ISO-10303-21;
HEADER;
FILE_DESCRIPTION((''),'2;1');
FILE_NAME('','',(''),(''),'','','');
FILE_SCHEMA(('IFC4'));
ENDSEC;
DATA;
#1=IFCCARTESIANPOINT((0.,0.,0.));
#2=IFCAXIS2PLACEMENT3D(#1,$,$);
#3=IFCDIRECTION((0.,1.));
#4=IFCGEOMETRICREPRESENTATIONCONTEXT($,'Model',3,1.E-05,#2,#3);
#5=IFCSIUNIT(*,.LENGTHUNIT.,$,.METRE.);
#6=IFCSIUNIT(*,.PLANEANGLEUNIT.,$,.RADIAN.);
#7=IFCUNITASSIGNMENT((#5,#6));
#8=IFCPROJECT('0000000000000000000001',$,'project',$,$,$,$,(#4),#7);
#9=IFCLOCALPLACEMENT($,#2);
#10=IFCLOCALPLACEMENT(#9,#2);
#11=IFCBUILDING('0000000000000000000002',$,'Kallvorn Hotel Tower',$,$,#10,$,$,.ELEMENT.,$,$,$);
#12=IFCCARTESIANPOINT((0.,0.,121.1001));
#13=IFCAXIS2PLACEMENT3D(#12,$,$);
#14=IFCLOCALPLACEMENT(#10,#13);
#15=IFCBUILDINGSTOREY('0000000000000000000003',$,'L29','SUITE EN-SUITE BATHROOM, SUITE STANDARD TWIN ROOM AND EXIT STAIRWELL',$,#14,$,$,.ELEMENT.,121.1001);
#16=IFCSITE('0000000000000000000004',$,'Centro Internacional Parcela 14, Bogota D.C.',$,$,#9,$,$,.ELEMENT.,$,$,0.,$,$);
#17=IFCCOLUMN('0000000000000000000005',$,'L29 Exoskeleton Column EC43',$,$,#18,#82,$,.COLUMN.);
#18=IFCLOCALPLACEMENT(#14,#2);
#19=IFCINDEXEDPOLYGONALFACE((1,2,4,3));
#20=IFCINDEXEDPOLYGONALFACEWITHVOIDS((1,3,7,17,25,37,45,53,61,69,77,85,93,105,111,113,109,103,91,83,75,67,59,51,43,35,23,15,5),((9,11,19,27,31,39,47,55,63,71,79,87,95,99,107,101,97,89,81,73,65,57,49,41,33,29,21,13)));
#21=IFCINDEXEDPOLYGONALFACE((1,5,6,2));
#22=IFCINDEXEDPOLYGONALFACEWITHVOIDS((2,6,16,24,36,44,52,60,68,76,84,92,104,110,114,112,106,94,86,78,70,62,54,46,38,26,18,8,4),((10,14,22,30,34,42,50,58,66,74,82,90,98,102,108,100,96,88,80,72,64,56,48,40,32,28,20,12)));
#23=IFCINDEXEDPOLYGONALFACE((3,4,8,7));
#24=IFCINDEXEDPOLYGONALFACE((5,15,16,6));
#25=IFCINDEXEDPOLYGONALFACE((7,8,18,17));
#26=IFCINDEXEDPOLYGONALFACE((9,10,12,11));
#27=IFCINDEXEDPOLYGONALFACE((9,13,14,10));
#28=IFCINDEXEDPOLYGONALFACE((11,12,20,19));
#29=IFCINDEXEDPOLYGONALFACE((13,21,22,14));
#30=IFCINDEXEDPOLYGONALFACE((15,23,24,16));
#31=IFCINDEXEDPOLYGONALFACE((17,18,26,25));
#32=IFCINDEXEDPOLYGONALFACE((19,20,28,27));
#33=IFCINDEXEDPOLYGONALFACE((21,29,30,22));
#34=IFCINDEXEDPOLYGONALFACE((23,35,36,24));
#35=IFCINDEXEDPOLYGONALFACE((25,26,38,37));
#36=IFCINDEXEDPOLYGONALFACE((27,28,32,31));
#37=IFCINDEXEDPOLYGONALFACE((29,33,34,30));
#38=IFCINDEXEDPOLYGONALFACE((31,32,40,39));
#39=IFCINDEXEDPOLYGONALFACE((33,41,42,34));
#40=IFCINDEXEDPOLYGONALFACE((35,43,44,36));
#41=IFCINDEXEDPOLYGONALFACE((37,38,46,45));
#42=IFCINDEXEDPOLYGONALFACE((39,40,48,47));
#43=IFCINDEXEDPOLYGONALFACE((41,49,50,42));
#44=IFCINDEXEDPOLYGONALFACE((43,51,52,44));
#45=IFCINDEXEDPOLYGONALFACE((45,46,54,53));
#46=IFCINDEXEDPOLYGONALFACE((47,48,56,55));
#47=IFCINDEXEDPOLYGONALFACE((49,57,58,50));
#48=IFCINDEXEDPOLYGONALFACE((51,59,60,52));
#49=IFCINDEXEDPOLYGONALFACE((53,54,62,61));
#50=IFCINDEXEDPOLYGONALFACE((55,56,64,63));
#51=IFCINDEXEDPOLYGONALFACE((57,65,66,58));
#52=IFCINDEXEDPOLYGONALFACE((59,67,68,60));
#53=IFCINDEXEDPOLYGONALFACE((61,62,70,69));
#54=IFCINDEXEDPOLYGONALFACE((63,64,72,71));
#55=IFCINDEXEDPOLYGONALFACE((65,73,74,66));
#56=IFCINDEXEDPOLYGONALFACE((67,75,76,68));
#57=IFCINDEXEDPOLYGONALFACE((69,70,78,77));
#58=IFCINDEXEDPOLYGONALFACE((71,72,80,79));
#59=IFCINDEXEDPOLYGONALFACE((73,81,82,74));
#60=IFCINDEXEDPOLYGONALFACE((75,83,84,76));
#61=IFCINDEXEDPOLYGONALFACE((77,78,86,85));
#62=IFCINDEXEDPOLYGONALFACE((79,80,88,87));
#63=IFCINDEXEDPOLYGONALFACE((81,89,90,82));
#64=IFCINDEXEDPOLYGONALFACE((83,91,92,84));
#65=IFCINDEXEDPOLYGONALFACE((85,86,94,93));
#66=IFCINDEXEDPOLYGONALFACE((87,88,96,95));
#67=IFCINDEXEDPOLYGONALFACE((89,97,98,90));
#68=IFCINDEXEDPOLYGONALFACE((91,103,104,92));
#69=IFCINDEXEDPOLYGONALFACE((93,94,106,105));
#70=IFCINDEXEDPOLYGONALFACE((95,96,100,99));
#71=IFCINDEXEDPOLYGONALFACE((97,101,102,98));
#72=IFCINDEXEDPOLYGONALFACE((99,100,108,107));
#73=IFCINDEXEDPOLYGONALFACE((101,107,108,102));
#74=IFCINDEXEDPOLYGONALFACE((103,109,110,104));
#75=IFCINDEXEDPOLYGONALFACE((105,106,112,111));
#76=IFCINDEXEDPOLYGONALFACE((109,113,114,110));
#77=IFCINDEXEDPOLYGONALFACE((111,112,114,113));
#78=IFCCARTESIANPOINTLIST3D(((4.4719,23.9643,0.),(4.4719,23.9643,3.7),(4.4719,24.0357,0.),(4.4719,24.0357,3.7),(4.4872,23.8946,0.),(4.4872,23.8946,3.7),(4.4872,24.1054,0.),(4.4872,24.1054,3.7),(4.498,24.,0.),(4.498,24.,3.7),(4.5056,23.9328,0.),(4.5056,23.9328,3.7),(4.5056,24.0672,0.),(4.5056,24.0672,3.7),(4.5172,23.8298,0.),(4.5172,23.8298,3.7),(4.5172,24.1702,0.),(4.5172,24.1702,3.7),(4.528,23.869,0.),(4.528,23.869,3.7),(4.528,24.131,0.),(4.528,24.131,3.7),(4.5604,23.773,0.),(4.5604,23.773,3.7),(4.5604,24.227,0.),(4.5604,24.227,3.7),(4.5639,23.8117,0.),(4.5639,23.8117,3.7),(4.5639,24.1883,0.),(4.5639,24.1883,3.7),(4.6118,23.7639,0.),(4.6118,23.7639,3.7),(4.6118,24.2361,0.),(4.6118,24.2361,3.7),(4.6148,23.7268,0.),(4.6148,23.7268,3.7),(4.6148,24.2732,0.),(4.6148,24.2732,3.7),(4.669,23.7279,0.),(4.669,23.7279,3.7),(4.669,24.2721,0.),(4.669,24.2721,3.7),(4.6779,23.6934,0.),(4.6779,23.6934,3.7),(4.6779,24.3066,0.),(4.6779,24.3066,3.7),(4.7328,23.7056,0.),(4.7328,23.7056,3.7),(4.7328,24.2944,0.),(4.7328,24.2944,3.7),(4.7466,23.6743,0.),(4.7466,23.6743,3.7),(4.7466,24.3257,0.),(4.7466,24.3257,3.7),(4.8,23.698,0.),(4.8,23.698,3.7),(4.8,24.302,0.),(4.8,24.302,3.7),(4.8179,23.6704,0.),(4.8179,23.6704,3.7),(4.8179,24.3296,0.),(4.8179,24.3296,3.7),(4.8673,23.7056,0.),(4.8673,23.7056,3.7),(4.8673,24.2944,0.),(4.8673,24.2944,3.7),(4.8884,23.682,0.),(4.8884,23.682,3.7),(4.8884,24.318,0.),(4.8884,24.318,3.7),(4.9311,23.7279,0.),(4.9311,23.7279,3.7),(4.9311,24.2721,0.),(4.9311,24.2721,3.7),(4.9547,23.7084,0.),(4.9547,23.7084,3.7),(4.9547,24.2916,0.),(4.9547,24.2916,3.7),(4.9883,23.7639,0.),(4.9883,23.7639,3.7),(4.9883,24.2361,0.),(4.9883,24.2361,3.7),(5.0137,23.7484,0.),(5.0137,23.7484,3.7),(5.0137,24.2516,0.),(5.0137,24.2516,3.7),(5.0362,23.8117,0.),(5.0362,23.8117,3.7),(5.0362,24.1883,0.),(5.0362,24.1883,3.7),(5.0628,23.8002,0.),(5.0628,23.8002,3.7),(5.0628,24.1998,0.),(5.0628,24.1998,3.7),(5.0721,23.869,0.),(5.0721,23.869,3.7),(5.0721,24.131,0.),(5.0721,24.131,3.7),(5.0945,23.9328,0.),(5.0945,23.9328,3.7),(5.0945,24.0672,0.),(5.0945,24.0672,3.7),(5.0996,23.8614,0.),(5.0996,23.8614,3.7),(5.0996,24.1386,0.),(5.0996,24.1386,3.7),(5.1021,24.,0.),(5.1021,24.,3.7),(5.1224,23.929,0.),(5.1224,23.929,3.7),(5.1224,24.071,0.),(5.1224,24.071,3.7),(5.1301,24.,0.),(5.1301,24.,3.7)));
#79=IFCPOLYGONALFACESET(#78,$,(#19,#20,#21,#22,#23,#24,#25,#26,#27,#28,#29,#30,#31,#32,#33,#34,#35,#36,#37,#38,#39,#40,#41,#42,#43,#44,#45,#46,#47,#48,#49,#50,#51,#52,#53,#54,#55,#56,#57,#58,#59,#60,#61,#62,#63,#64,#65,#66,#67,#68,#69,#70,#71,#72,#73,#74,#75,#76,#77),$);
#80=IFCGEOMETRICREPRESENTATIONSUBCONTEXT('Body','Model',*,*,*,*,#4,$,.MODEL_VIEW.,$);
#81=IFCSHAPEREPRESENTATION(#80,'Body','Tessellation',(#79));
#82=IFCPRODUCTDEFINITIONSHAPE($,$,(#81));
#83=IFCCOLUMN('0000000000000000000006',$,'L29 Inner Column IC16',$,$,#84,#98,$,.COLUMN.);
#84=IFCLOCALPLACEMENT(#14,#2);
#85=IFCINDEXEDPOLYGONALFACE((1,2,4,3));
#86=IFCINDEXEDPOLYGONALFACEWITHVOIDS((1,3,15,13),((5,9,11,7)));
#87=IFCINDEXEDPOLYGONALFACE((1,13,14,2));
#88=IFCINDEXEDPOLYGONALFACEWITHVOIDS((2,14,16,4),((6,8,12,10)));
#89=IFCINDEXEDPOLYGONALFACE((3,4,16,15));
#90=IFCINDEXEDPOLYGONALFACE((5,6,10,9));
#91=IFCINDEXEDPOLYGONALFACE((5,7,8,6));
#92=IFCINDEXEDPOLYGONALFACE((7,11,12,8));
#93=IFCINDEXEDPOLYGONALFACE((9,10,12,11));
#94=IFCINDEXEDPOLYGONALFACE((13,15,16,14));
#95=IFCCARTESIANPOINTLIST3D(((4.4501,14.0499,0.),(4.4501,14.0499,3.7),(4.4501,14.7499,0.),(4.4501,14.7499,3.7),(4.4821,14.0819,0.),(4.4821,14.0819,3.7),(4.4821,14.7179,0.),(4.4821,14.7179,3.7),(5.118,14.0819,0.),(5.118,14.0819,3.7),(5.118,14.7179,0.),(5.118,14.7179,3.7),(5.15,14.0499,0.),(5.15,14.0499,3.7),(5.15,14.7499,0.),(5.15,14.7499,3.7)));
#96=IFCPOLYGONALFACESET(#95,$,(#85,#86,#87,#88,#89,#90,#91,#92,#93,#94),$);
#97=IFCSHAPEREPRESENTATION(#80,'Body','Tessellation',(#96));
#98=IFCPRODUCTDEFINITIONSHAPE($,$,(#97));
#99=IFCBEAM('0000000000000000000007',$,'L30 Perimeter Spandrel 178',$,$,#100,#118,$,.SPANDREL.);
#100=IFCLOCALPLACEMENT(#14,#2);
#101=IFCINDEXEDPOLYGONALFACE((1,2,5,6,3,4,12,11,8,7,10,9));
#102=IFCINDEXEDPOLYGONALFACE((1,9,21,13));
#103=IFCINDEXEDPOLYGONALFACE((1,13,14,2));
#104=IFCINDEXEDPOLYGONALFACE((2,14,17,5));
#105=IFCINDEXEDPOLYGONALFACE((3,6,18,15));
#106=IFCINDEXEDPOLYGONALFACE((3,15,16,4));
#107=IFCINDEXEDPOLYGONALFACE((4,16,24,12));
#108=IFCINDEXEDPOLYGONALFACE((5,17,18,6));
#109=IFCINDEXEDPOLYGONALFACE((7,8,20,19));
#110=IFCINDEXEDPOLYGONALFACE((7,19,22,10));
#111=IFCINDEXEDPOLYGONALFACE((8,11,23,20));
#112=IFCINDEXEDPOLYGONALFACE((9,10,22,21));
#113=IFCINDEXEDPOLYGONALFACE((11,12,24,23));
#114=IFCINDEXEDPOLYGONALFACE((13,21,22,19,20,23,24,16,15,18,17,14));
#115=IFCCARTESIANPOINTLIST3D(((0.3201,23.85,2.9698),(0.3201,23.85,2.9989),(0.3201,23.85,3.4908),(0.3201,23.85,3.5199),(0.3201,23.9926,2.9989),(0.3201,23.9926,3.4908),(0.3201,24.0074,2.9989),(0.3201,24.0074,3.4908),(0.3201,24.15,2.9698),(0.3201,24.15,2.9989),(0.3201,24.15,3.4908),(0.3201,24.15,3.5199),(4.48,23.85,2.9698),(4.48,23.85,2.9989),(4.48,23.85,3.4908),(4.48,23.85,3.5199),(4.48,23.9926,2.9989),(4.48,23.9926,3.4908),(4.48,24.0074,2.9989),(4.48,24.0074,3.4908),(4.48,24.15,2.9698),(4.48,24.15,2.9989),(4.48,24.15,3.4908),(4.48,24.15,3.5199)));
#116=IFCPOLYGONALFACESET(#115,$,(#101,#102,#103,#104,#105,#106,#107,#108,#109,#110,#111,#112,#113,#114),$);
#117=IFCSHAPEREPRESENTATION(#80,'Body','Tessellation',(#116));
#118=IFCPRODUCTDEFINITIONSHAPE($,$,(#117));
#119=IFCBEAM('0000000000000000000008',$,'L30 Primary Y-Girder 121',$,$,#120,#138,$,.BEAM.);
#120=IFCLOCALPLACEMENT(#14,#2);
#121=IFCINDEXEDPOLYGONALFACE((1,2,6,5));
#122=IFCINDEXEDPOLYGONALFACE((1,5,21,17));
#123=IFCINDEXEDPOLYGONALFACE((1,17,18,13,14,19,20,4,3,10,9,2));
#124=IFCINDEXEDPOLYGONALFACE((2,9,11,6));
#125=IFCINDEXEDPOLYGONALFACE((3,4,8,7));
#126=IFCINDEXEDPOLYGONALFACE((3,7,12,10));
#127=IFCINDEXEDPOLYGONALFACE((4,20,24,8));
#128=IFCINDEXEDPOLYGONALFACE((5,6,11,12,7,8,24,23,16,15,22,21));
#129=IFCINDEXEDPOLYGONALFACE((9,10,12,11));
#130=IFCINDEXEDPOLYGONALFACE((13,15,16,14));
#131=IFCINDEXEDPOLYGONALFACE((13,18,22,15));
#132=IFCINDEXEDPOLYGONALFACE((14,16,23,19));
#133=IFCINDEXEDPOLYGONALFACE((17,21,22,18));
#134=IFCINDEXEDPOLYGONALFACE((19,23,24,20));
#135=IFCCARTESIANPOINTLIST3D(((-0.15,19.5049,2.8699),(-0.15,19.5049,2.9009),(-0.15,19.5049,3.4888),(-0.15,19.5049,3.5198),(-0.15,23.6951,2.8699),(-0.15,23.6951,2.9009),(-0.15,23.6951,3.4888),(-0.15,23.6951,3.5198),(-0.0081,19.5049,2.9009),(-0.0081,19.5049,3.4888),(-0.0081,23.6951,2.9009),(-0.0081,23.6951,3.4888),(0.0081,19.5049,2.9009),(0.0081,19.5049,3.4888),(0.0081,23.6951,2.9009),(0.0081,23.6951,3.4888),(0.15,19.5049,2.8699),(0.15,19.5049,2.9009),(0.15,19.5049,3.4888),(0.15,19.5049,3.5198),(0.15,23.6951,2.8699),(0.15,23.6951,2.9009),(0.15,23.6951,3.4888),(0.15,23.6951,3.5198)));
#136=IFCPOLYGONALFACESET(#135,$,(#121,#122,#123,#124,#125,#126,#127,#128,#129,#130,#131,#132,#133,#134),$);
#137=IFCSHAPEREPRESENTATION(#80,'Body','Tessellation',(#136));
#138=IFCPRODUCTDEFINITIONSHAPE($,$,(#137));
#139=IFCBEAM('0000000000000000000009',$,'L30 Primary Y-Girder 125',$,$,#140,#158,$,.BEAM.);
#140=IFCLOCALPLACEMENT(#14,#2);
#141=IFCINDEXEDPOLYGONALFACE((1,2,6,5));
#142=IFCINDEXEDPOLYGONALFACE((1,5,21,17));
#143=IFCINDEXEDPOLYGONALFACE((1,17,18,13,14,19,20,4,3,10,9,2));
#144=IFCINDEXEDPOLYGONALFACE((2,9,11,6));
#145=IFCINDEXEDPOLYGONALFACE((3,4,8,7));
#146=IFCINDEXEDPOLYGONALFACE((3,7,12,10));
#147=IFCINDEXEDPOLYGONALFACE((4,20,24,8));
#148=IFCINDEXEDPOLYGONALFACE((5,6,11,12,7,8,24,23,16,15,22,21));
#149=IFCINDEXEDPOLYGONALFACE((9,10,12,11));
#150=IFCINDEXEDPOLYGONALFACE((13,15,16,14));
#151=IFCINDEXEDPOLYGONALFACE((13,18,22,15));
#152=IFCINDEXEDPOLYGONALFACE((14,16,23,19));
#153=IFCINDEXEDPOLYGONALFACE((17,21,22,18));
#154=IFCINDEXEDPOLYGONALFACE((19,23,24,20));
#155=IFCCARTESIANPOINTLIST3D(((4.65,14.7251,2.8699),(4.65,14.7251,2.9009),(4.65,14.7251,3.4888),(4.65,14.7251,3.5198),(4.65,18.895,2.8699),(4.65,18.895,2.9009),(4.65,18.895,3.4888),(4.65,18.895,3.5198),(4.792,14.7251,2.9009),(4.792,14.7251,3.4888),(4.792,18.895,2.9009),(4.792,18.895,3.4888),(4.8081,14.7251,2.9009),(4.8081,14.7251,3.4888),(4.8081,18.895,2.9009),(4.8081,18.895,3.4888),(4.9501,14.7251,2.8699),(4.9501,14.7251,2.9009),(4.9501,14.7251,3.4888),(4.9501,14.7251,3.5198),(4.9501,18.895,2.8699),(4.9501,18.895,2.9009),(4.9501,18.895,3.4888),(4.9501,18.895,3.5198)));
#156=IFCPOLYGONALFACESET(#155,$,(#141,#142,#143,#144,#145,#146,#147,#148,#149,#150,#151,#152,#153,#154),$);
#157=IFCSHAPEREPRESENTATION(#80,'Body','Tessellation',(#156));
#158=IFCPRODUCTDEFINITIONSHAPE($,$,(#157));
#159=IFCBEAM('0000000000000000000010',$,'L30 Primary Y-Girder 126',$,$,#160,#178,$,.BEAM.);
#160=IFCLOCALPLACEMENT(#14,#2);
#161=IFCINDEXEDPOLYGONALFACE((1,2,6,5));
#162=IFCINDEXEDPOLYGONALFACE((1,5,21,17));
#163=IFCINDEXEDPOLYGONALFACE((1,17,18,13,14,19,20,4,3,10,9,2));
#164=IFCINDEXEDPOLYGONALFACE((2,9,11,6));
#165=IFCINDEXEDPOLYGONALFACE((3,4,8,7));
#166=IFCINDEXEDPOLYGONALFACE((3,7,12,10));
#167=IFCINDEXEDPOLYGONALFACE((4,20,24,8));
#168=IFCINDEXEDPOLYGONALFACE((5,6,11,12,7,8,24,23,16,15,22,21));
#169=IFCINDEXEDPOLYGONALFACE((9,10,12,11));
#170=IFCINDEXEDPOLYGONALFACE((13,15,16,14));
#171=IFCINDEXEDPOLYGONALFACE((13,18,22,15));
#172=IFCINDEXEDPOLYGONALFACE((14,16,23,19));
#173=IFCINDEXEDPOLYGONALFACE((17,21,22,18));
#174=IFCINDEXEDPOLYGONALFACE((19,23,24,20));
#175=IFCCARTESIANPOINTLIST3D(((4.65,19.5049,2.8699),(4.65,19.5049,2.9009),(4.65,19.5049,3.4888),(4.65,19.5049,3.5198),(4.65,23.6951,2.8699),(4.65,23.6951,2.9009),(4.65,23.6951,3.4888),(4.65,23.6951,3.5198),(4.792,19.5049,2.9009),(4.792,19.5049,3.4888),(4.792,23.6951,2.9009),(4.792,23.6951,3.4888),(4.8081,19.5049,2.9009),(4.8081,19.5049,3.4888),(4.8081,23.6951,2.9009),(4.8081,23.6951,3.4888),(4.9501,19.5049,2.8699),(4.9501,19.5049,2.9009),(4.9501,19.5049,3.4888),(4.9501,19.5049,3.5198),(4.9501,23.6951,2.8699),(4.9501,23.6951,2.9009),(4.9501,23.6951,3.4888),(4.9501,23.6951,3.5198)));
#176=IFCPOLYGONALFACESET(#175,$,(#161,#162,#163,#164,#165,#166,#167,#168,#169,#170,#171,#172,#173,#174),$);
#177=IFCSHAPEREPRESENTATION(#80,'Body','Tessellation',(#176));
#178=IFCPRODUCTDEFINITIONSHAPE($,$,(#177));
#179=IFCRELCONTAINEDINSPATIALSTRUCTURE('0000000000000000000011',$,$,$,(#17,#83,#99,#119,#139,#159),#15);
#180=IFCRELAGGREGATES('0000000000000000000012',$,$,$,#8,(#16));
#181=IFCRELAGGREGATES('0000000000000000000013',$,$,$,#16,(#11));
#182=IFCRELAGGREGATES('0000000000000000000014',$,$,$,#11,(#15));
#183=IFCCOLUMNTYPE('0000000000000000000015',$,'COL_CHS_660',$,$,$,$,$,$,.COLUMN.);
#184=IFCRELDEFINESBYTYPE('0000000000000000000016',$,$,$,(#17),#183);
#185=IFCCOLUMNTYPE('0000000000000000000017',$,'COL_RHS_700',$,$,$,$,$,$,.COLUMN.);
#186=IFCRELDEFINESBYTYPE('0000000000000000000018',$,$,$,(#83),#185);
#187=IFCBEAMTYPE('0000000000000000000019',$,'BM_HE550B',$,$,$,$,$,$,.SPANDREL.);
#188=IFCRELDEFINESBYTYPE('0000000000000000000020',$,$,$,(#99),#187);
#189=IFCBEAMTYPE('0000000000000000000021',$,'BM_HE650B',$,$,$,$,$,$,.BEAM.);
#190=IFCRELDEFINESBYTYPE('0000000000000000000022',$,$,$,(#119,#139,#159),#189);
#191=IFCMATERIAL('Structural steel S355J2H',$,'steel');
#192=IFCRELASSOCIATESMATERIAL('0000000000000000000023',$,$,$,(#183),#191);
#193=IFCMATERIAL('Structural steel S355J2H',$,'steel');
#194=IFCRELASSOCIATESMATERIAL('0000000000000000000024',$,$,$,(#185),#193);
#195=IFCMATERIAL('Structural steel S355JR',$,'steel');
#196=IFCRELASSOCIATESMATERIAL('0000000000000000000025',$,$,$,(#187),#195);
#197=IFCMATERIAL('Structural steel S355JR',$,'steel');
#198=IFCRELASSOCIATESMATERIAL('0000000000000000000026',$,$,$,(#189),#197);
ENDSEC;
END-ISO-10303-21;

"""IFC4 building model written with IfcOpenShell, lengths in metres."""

from ifc_helpers import new_model, si_unit, direction, frame, origin, origin_2d, place, context, subcontext, project, spatial, hollow_rectangle, hollow_circle, i_section, extrude, material, material_profile, profile_set, type_object, element, save


model = new_model("IFC4")

# Units and contexts
model_context = context("Model", 3, precision=1e-05, world=origin(), true_north=direction((0.0, 1.0)))
body_context = subcontext(model_context, "Body", "Model", "MODEL_VIEW")
ifc_project = project(units=[si_unit("LENGTHUNIT", "METRE"), si_unit("PLANEANGLEUNIT", "RADIAN")], contexts=[model_context])

# Site, building, storey
site_placement = place(None, origin())
site = spatial("IfcSite", under=ifc_project, at=site_placement, Name="Centro Internacional Parcela 14, Bogota D.C.", CompositionType="ELEMENT", RefElevation=0.0)
building_placement = place(site_placement, origin())
building = spatial("IfcBuilding", under=site, at=building_placement, Name="Kallvorn Hotel Tower", CompositionType="ELEMENT")
storey_placement = place(building_placement, frame((0.0, 0.0, 121.1001)))
storey = spatial("IfcBuildingStorey", under=building, at=storey_placement, Name="L29", Description="SUITE EN-SUITE BATHROOM, SUITE STANDARD TWIN ROOM AND EXIT STAIRWELL", CompositionType="ELEMENT", Elevation=121.1001)

# Columns
ifc_material_1 = material(Name="Structural steel S355J2H", Category="steel")
ifc_material_profile_1 = material_profile(ifc_material_1, hollow_circle(Radius=0.3301, WallThickness=0.0281, at=origin_2d()), Name="CHS 660x28")
ifc_profile_set_1 = profile_set([ifc_material_profile_1], Name="Structural steel S355J2H")
column_type_1 = type_object("IfcColumnType", Name="COL_CHS_660", PredefinedType="COLUMN", material=ifc_profile_set_1)
for number, where, z_axis, x_axis, name in (
    (1, (4.8, 24.0, 0.0), (0.0, 0.0, 1.0), (1.0, 0.0, 0.0), "L29 Exoskeleton Column EC43"),
):
    element("IfcColumn", number, at=place(storey_placement, frame(where, z_axis=z_axis, x_axis=x_axis)), inside=storey, type_object=column_type_1, Name=name, PredefinedType="COLUMN", context=body_context, shape_type="SweptSolid", body=[
        extrude(hollow_circle(Radius=0.3301, WallThickness=0.0281, at=origin_2d()), origin(), (0.0, 0.0, 1.0), 3.7),
    ])
ifc_material_2 = material(Name="Structural steel S355J2H", Category="steel")
ifc_material_profile_2 = material_profile(ifc_material_2, hollow_rectangle(XDim=0.7, YDim=0.7, WallThickness=0.032, at=origin_2d()), Name="RHS 700x700x32")
ifc_profile_set_2 = profile_set([ifc_material_profile_2], Name="Structural steel S355J2H")
column_type_2 = type_object("IfcColumnType", Name="COL_RHS_700", PredefinedType="COLUMN", material=ifc_profile_set_2)
column_placement = place(storey_placement, frame((4.8, 14.3999, 0.0), z_axis=(0.0, 0.0, 1.0), x_axis=(1.0, 0.0, 0.0)))
element("IfcColumn", 2, at=column_placement, inside=storey, type_object=column_type_2, Name="L29 Inner Column IC16", PredefinedType="COLUMN", context=body_context, shape_type="SweptSolid", body=[
    extrude(hollow_rectangle(XDim=0.7, YDim=0.7, WallThickness=0.032, at=origin_2d()), origin(), (0.0, 0.0, 1.0), 3.7),
])

# Beams
ifc_material_3 = material(Name="Structural steel S355JR", Category="steel")
ifc_material_profile_3 = material_profile(ifc_material_3, i_section(OverallWidth=0.3, OverallDepth=0.55, WebThickness=0.0149, FlangeThickness=0.0291, at=origin_2d()), Name="HE 550 B")
ifc_profile_set_3 = profile_set([ifc_material_profile_3], Name="Structural steel S355JR")
beam_type_1 = type_object("IfcBeamType", Name="BM_HE550B", PredefinedType="SPANDREL", material=ifc_profile_set_3)
beam_1_placement = place(storey_placement, frame((0.3201, 24.0, 3.2449), z_axis=(1.0, 0.0, 0.0), x_axis=(0.0, 1.0, 0.0)))
element("IfcBeam", 3, at=beam_1_placement, inside=storey, type_object=beam_type_1, Name="L30 Perimeter Spandrel 178", PredefinedType="SPANDREL", context=body_context, shape_type="SweptSolid", body=[
    extrude(i_section(OverallWidth=0.3, OverallDepth=0.55, WebThickness=0.0149, FlangeThickness=0.0291, at=origin_2d()), origin(), (0.0, 0.0, 1.0), 4.1599),
])
ifc_material_4 = material(Name="Structural steel S355JR", Category="steel")
ifc_material_profile_4 = material_profile(ifc_material_4, i_section(OverallWidth=0.3, OverallDepth=0.6499, WebThickness=0.0161, FlangeThickness=0.031, at=origin_2d()), Name="HE 650 B")
ifc_profile_set_4 = profile_set([ifc_material_profile_4], Name="Structural steel S355JR")
beam_type_2 = type_object("IfcBeamType", Name="BM_HE650B", PredefinedType="BEAM", material=ifc_profile_set_4)
beam_2_placement = place(storey_placement, frame((0.0, 19.5049, 3.1948), z_axis=(0.0, 1.0, 0.0), x_axis=(-1.0, 0.0, 0.0)))
element("IfcBeam", 4, at=beam_2_placement, inside=storey, type_object=beam_type_2, Name="L30 Primary Y-Girder 121", PredefinedType="BEAM", context=body_context, shape_type="SweptSolid", body=[
    extrude(i_section(OverallWidth=0.3, OverallDepth=0.6499, WebThickness=0.0161, FlangeThickness=0.031, at=origin_2d()), origin(), (0.0, 0.0, 1.0), 4.1902),
])
beam_3_placement = place(storey_placement, frame((4.8, 14.7251, 3.1948), z_axis=(0.0, 1.0, 0.0), x_axis=(-1.0, 0.0, 0.0)))
element("IfcBeam", 5, at=beam_3_placement, inside=storey, type_object=beam_type_2, Name="L30 Primary Y-Girder 125", PredefinedType="BEAM", context=body_context, shape_type="SweptSolid", body=[
    extrude(i_section(OverallWidth=0.3, OverallDepth=0.6499, WebThickness=0.0161, FlangeThickness=0.031, at=origin_2d()), origin(), (0.0, 0.0, 1.0), 4.1699),
])
beam_4_placement = place(storey_placement, frame((4.8, 19.5049, 3.1948), z_axis=(0.0, 1.0, 0.0), x_axis=(-1.0, 0.0, 0.0)))
element("IfcBeam", 6, at=beam_4_placement, inside=storey, type_object=beam_type_2, Name="L30 Primary Y-Girder 126", PredefinedType="BEAM", context=body_context, shape_type="SweptSolid", body=[
    extrude(i_section(OverallWidth=0.3, OverallDepth=0.6499, WebThickness=0.0161, FlangeThickness=0.031, at=origin_2d()), origin(), (0.0, 0.0, 1.0), 4.1902),
])

save(model, "model.ifc")
